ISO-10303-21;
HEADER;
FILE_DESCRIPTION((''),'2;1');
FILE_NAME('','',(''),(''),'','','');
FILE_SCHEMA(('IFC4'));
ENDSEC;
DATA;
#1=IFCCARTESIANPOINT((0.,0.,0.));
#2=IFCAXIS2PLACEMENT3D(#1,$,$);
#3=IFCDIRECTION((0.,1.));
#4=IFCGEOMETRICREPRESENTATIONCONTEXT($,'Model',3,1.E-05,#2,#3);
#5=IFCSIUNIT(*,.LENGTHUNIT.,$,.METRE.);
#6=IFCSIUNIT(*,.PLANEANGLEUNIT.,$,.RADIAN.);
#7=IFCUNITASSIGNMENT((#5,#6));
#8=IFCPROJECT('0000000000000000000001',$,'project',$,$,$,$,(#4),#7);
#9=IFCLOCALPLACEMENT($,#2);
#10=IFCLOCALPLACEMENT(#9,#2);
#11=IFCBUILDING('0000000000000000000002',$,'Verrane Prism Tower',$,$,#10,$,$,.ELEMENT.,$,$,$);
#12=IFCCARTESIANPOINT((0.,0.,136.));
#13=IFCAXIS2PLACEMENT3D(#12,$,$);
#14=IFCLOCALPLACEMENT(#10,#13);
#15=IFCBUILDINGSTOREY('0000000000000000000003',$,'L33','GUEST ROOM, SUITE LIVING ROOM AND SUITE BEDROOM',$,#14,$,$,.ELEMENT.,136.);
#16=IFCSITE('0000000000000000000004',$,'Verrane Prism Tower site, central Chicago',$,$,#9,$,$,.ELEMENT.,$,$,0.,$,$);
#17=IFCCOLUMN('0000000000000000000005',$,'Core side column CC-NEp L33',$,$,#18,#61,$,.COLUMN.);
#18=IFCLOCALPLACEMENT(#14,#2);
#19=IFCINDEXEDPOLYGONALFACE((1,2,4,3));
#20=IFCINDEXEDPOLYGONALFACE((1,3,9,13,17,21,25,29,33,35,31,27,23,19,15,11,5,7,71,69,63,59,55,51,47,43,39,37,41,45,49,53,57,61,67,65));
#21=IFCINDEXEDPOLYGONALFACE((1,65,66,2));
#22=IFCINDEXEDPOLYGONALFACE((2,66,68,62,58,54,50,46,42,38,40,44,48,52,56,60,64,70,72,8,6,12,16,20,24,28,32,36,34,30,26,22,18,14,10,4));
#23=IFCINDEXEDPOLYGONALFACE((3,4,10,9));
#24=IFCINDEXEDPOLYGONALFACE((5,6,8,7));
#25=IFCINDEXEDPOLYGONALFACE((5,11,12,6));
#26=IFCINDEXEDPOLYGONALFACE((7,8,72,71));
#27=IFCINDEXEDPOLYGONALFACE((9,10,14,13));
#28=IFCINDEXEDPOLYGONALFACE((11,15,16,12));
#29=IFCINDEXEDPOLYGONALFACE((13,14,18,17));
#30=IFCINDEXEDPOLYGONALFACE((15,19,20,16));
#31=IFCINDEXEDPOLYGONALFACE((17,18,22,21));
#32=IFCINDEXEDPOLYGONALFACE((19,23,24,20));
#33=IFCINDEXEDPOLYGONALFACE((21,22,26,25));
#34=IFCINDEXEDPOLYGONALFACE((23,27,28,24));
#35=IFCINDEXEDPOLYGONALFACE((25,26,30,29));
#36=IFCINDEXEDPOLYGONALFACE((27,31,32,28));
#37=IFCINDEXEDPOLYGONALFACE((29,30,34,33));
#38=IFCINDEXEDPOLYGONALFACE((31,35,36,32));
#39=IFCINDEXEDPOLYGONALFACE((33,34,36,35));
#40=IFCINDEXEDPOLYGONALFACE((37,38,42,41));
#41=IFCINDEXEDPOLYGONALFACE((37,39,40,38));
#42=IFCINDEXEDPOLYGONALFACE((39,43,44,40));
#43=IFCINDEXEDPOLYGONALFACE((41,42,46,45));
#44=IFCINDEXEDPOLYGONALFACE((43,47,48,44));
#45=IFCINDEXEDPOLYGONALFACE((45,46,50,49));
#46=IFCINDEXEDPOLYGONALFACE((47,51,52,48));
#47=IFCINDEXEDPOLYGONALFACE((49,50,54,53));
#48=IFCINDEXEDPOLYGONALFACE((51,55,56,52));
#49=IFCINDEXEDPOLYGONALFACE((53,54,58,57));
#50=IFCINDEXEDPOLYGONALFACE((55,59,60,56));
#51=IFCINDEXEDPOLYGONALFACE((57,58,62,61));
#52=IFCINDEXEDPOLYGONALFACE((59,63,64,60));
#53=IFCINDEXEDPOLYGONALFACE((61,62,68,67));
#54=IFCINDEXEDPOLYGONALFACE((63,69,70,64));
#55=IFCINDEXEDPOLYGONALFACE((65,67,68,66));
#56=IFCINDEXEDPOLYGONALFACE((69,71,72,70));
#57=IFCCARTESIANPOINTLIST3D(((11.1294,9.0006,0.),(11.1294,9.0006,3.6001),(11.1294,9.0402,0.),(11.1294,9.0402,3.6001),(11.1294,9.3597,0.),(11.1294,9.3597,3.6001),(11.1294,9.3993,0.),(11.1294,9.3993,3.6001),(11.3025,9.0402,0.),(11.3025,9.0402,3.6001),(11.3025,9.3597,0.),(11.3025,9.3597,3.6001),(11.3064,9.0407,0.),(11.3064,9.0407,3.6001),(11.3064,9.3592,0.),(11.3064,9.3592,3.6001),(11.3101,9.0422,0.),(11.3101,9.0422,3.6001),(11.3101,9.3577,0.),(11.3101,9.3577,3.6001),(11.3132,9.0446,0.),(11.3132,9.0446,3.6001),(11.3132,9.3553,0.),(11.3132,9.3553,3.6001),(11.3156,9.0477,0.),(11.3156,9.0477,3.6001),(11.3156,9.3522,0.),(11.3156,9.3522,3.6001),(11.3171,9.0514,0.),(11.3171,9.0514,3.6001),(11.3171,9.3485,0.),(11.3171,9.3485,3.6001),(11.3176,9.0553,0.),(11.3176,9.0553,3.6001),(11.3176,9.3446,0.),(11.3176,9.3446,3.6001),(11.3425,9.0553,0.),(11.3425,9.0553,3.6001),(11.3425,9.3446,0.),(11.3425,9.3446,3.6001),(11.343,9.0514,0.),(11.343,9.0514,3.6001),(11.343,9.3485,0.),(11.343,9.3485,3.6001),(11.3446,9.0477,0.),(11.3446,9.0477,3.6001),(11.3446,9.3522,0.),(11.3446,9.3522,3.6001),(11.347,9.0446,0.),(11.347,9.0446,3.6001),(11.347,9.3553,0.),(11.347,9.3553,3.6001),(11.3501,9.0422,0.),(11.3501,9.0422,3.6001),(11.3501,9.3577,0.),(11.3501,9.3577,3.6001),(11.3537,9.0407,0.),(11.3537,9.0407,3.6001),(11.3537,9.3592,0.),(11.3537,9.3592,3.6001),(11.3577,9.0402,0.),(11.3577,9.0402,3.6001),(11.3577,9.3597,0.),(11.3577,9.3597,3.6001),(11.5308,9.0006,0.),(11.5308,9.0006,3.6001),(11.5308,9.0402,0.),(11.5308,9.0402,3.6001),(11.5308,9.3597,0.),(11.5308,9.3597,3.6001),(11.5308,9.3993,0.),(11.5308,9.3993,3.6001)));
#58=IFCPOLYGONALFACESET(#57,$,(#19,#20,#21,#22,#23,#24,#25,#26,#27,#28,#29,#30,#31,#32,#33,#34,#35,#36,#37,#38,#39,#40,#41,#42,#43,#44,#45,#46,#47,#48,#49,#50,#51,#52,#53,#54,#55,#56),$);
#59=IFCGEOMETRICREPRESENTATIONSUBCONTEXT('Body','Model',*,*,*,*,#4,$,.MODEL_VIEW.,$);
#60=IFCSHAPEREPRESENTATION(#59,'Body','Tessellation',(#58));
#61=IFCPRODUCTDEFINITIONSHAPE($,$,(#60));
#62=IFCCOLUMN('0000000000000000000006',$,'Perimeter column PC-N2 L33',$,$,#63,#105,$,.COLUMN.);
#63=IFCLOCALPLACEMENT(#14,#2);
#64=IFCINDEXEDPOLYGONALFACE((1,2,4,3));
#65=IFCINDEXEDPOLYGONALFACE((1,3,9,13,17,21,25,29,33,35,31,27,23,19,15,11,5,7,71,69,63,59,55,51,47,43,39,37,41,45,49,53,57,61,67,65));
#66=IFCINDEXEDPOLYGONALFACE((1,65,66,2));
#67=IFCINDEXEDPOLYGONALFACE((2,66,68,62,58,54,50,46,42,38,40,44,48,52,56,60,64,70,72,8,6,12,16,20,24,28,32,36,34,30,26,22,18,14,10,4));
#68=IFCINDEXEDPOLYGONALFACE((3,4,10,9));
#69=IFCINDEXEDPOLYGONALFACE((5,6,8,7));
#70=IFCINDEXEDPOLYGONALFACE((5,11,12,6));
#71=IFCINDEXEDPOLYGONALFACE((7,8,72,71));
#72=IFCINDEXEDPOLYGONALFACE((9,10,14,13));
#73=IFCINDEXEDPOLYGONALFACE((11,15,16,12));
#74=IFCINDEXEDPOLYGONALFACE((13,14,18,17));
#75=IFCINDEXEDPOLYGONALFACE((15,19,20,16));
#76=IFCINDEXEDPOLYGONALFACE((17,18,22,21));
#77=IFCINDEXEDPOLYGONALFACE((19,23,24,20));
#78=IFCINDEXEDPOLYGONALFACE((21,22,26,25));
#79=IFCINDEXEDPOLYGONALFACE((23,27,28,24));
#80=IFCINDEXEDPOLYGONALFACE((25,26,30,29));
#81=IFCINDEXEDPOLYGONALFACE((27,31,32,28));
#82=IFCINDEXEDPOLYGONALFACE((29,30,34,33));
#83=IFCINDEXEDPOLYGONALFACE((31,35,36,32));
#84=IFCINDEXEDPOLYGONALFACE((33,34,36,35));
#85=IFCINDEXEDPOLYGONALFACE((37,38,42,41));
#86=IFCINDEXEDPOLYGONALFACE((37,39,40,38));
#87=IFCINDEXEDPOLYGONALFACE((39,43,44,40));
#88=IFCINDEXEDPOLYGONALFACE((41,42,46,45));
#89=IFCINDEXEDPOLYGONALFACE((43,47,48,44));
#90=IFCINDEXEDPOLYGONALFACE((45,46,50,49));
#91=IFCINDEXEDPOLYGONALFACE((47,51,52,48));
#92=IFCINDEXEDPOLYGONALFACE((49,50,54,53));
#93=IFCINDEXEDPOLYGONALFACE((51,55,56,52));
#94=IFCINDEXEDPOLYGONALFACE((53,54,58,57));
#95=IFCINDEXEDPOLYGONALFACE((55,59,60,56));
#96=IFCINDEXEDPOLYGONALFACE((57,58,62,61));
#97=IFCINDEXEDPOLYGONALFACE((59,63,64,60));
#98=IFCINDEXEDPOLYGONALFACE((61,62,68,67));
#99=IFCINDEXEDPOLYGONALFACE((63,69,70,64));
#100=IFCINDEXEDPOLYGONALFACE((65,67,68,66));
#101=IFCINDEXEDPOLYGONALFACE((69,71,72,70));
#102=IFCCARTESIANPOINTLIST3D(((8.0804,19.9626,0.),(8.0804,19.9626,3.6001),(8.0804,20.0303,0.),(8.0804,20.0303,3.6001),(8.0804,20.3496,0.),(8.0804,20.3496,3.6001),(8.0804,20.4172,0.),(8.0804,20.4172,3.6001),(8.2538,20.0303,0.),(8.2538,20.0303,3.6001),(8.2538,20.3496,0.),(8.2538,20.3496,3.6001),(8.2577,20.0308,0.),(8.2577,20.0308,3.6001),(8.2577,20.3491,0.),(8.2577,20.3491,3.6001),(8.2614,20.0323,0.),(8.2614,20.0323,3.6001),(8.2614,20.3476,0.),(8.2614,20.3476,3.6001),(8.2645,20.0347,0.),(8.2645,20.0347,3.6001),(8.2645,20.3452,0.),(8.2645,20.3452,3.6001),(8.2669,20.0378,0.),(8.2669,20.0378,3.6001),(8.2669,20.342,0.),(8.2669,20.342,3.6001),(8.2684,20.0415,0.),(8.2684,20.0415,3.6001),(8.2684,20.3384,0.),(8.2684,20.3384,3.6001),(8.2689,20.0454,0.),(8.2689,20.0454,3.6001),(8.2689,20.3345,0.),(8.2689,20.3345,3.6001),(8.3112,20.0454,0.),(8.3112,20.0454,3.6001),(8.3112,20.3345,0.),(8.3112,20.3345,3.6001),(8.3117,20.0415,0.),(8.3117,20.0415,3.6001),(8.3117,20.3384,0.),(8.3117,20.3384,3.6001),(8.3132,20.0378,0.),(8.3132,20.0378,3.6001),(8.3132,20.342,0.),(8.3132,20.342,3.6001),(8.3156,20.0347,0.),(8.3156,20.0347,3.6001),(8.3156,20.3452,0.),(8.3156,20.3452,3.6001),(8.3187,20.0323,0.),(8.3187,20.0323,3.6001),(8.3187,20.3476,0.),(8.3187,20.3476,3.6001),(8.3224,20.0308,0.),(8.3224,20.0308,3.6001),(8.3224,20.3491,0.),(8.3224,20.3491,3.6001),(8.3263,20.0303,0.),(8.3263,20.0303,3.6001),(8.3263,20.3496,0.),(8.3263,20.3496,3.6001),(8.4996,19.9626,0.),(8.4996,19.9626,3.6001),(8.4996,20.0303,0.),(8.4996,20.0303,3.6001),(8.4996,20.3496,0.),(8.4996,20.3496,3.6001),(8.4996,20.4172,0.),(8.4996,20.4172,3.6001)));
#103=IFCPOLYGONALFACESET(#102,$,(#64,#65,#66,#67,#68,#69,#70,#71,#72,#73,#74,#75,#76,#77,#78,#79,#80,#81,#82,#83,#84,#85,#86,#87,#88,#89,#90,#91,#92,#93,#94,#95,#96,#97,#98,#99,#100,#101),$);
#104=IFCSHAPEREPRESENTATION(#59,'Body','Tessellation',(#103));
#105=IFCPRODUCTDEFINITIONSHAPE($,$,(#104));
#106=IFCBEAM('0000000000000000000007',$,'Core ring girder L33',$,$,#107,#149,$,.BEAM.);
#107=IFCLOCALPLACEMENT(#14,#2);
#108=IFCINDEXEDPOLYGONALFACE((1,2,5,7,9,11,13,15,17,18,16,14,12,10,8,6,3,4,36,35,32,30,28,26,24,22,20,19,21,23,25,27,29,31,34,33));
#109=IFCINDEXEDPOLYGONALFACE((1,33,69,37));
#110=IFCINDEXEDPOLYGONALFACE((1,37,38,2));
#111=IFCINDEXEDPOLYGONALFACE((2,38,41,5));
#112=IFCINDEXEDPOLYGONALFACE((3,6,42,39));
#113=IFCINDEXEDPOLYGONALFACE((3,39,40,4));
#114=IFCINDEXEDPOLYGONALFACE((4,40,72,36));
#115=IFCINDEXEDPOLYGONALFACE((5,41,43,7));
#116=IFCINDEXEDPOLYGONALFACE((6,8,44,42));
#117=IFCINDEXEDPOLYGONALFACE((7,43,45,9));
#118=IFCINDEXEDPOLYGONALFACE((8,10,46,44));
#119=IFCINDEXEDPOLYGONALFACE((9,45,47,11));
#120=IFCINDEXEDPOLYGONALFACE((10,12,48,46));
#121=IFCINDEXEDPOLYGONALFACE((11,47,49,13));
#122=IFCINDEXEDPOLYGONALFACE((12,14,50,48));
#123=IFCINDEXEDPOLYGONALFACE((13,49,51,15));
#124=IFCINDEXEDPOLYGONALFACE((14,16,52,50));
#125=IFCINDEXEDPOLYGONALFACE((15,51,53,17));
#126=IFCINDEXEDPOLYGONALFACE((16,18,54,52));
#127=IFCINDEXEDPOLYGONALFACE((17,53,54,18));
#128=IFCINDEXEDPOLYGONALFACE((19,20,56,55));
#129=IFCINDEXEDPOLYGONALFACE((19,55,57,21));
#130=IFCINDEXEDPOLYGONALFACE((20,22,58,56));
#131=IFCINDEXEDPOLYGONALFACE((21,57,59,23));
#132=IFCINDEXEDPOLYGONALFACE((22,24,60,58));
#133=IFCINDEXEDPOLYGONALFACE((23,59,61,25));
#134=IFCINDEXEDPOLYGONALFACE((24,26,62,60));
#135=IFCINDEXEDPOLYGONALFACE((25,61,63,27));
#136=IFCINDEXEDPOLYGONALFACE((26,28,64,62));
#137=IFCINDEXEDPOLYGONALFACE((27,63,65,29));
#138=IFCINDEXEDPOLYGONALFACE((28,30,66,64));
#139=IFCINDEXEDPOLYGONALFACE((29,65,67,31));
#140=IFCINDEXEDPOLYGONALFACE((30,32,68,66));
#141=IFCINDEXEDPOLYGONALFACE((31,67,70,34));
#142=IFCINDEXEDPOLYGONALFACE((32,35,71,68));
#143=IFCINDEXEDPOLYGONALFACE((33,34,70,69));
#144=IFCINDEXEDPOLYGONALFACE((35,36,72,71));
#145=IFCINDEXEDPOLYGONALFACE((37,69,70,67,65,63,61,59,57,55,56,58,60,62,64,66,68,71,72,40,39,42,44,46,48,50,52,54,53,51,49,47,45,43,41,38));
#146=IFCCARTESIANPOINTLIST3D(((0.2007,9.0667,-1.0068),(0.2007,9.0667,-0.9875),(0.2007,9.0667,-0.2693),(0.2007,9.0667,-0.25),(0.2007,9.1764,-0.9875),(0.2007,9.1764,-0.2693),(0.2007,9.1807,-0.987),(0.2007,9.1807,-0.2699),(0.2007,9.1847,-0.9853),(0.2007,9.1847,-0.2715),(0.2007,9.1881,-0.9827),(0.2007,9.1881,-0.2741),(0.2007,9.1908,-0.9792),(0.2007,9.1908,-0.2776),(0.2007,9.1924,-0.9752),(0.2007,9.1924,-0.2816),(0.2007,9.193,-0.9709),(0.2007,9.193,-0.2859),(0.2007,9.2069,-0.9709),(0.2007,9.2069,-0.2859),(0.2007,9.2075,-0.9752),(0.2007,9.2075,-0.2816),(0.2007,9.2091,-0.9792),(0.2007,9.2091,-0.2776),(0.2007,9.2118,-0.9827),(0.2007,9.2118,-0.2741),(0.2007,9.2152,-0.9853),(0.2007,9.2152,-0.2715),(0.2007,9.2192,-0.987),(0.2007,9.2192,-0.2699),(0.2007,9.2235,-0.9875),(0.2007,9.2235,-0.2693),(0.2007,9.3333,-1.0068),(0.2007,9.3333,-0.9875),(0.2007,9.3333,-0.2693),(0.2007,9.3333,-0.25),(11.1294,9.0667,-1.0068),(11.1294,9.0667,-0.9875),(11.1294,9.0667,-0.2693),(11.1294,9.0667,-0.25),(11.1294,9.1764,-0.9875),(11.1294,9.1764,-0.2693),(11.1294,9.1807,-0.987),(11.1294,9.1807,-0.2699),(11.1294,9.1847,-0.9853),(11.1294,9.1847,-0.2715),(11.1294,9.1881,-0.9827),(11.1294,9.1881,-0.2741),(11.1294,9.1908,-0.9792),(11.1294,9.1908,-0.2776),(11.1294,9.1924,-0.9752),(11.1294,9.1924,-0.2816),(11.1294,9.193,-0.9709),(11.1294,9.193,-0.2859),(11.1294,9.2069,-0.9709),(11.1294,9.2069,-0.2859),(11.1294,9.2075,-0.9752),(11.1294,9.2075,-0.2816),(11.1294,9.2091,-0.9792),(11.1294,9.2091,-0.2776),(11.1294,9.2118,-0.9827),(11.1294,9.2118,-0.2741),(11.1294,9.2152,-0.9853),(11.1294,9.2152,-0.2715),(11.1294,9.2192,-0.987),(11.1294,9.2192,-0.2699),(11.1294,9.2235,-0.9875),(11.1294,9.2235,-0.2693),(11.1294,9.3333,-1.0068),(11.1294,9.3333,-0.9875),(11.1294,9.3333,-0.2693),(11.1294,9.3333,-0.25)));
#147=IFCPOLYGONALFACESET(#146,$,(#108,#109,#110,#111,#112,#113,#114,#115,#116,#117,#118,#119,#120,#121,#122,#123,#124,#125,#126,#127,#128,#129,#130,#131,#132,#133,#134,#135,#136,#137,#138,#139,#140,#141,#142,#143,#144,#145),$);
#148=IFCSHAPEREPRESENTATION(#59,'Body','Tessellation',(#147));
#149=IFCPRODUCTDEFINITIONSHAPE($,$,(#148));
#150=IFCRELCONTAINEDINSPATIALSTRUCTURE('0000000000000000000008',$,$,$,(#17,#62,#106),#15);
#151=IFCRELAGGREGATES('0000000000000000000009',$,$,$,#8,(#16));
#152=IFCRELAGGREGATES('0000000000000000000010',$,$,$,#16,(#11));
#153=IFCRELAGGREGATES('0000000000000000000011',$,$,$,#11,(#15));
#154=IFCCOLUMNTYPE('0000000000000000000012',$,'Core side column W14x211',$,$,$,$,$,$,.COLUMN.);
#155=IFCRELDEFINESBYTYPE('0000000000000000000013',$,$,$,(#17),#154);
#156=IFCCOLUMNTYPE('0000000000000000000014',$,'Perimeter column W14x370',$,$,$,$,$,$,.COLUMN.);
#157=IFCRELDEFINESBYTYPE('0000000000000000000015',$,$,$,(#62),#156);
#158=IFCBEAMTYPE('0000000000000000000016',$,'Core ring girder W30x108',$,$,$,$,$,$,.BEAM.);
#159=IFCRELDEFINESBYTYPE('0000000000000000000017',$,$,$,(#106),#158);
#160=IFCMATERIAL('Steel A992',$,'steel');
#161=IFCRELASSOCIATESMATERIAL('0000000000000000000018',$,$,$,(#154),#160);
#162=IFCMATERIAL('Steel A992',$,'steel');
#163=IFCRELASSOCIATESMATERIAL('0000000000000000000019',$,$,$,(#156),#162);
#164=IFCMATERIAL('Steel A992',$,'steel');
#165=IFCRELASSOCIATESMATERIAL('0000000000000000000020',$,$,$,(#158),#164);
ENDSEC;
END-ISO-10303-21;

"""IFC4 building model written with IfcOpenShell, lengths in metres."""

from ifc_helpers import new_model, si_unit, direction, frame, origin, origin_2d, place, context, subcontext, project, spatial, i_section, extrude, material, material_profile, profile_set, type_object, element, save


model = new_model("IFC4")

# Units and contexts
model_context = context("Model", 3, precision=1e-05, world=origin(), true_north=direction((0.0, 1.0)))
body_context = subcontext(model_context, "Body", "Model", "MODEL_VIEW")
ifc_project = project(units=[si_unit("LENGTHUNIT", "METRE"), si_unit("PLANEANGLEUNIT", "RADIAN")], contexts=[model_context])

# Site, building, storey
site_placement = place(None, origin())
site = spatial("IfcSite", under=ifc_project, at=site_placement, Name="Verrane Prism Tower site, central Chicago", CompositionType="ELEMENT", RefElevation=0.0)
building_placement = place(site_placement, origin())
building = spatial("IfcBuilding", under=site, at=building_placement, Name="Verrane Prism Tower", CompositionType="ELEMENT")
storey_placement = place(building_placement, frame((0.0, 0.0, 136.0)))
storey = spatial("IfcBuildingStorey", under=building, at=storey_placement, Name="L33", Description="GUEST ROOM, SUITE LIVING ROOM AND SUITE BEDROOM", CompositionType="ELEMENT", Elevation=136.0)

# Columns
ifc_material_1 = material(Name="Steel A992", Category="steel")
ifc_material_profile_1 = material_profile(ifc_material_1, i_section(OverallWidth=0.4014, OverallDepth=0.3987, WebThickness=0.0249, FlangeThickness=0.0396, FilletRadius=0.0151, at=origin_2d()), Name="W14x211")
ifc_profile_set_1 = profile_set([ifc_material_profile_1], Name="Steel A992")
column_type_1 = type_object("IfcColumnType", Name="Core side column W14x211", PredefinedType="COLUMN", material=ifc_profile_set_1)
column_1_placement = place(storey_placement, frame((11.3301, 9.2, 0.0), z_axis=(0.0, 0.0, 1.0), x_axis=(1.0, 0.0, 0.0)))
element("IfcColumn", 1, at=column_1_placement, inside=storey, type_object=column_type_1, Name="Core side column CC-NEp L33", PredefinedType="COLUMN", context=body_context, shape_type="SweptSolid", body=[
    extrude(i_section(OverallWidth=0.4014, OverallDepth=0.3987, WebThickness=0.0249, FlangeThickness=0.0396, FilletRadius=0.0151, at=origin_2d()), origin(), (0.0, 0.0, 1.0), 3.6001),
])
ifc_material_2 = material(Name="Steel A992", Category="steel")
ifc_material_profile_2 = material_profile(ifc_material_2, i_section(OverallWidth=0.4192, OverallDepth=0.4546, WebThickness=0.0422, FlangeThickness=0.0676, FilletRadius=0.0151, at=origin_2d()), Name="W14x370")
ifc_profile_set_2 = profile_set([ifc_material_profile_2], Name="Steel A992")
column_type_2 = type_object("IfcColumnType", Name="Perimeter column W14x370", PredefinedType="COLUMN", material=ifc_profile_set_2)
column_2_placement = place(storey_placement, frame((8.29, 20.1899, 0.0), z_axis=(0.0, 0.0, 1.0), x_axis=(1.0, 0.0, 0.0)))
element("IfcColumn", 2, at=column_2_placement, inside=storey, type_object=column_type_2, Name="Perimeter column PC-N2 L33", PredefinedType="COLUMN", context=body_context, shape_type="SweptSolid", body=[
    extrude(i_section(OverallWidth=0.4192, OverallDepth=0.4546, WebThickness=0.0422, FlangeThickness=0.0676, FilletRadius=0.0151, at=origin_2d()), origin(), (0.0, 0.0, 1.0), 3.6001),
])

# Beam
ifc_material_3 = material(Name="Steel A992", Category="steel")
ifc_material_profile_3 = material_profile(ifc_material_3, i_section(OverallWidth=0.2666, OverallDepth=0.7568, WebThickness=0.0139, FlangeThickness=0.0193, FilletRadius=0.0166, at=origin_2d()), Name="W30x108")
ifc_profile_set_3 = profile_set([ifc_material_profile_3], Name="Steel A992")
beam_type_1 = type_object("IfcBeamType", Name="Core ring girder W30x108", PredefinedType="BEAM", material=ifc_profile_set_3)
beam_1_placement = place(storey_placement, frame((11.1294, 9.2, -0.6284), z_axis=(-1.0, 0.0, 0.0), x_axis=(0.0, -1.0, 0.0)))
element("IfcBeam", 3, at=beam_1_placement, inside=storey, type_object=beam_type_1, Name="Core ring girder L33", PredefinedType="BEAM", context=body_context, shape_type="SweptSolid", body=[
    extrude(i_section(OverallWidth=0.2666, OverallDepth=0.7568, WebThickness=0.0139, FlangeThickness=0.0193, FilletRadius=0.0166, at=origin_2d()), origin(), (0.0, 0.0, 1.0), 10.9287),
])

save(model, "model.ifc")
